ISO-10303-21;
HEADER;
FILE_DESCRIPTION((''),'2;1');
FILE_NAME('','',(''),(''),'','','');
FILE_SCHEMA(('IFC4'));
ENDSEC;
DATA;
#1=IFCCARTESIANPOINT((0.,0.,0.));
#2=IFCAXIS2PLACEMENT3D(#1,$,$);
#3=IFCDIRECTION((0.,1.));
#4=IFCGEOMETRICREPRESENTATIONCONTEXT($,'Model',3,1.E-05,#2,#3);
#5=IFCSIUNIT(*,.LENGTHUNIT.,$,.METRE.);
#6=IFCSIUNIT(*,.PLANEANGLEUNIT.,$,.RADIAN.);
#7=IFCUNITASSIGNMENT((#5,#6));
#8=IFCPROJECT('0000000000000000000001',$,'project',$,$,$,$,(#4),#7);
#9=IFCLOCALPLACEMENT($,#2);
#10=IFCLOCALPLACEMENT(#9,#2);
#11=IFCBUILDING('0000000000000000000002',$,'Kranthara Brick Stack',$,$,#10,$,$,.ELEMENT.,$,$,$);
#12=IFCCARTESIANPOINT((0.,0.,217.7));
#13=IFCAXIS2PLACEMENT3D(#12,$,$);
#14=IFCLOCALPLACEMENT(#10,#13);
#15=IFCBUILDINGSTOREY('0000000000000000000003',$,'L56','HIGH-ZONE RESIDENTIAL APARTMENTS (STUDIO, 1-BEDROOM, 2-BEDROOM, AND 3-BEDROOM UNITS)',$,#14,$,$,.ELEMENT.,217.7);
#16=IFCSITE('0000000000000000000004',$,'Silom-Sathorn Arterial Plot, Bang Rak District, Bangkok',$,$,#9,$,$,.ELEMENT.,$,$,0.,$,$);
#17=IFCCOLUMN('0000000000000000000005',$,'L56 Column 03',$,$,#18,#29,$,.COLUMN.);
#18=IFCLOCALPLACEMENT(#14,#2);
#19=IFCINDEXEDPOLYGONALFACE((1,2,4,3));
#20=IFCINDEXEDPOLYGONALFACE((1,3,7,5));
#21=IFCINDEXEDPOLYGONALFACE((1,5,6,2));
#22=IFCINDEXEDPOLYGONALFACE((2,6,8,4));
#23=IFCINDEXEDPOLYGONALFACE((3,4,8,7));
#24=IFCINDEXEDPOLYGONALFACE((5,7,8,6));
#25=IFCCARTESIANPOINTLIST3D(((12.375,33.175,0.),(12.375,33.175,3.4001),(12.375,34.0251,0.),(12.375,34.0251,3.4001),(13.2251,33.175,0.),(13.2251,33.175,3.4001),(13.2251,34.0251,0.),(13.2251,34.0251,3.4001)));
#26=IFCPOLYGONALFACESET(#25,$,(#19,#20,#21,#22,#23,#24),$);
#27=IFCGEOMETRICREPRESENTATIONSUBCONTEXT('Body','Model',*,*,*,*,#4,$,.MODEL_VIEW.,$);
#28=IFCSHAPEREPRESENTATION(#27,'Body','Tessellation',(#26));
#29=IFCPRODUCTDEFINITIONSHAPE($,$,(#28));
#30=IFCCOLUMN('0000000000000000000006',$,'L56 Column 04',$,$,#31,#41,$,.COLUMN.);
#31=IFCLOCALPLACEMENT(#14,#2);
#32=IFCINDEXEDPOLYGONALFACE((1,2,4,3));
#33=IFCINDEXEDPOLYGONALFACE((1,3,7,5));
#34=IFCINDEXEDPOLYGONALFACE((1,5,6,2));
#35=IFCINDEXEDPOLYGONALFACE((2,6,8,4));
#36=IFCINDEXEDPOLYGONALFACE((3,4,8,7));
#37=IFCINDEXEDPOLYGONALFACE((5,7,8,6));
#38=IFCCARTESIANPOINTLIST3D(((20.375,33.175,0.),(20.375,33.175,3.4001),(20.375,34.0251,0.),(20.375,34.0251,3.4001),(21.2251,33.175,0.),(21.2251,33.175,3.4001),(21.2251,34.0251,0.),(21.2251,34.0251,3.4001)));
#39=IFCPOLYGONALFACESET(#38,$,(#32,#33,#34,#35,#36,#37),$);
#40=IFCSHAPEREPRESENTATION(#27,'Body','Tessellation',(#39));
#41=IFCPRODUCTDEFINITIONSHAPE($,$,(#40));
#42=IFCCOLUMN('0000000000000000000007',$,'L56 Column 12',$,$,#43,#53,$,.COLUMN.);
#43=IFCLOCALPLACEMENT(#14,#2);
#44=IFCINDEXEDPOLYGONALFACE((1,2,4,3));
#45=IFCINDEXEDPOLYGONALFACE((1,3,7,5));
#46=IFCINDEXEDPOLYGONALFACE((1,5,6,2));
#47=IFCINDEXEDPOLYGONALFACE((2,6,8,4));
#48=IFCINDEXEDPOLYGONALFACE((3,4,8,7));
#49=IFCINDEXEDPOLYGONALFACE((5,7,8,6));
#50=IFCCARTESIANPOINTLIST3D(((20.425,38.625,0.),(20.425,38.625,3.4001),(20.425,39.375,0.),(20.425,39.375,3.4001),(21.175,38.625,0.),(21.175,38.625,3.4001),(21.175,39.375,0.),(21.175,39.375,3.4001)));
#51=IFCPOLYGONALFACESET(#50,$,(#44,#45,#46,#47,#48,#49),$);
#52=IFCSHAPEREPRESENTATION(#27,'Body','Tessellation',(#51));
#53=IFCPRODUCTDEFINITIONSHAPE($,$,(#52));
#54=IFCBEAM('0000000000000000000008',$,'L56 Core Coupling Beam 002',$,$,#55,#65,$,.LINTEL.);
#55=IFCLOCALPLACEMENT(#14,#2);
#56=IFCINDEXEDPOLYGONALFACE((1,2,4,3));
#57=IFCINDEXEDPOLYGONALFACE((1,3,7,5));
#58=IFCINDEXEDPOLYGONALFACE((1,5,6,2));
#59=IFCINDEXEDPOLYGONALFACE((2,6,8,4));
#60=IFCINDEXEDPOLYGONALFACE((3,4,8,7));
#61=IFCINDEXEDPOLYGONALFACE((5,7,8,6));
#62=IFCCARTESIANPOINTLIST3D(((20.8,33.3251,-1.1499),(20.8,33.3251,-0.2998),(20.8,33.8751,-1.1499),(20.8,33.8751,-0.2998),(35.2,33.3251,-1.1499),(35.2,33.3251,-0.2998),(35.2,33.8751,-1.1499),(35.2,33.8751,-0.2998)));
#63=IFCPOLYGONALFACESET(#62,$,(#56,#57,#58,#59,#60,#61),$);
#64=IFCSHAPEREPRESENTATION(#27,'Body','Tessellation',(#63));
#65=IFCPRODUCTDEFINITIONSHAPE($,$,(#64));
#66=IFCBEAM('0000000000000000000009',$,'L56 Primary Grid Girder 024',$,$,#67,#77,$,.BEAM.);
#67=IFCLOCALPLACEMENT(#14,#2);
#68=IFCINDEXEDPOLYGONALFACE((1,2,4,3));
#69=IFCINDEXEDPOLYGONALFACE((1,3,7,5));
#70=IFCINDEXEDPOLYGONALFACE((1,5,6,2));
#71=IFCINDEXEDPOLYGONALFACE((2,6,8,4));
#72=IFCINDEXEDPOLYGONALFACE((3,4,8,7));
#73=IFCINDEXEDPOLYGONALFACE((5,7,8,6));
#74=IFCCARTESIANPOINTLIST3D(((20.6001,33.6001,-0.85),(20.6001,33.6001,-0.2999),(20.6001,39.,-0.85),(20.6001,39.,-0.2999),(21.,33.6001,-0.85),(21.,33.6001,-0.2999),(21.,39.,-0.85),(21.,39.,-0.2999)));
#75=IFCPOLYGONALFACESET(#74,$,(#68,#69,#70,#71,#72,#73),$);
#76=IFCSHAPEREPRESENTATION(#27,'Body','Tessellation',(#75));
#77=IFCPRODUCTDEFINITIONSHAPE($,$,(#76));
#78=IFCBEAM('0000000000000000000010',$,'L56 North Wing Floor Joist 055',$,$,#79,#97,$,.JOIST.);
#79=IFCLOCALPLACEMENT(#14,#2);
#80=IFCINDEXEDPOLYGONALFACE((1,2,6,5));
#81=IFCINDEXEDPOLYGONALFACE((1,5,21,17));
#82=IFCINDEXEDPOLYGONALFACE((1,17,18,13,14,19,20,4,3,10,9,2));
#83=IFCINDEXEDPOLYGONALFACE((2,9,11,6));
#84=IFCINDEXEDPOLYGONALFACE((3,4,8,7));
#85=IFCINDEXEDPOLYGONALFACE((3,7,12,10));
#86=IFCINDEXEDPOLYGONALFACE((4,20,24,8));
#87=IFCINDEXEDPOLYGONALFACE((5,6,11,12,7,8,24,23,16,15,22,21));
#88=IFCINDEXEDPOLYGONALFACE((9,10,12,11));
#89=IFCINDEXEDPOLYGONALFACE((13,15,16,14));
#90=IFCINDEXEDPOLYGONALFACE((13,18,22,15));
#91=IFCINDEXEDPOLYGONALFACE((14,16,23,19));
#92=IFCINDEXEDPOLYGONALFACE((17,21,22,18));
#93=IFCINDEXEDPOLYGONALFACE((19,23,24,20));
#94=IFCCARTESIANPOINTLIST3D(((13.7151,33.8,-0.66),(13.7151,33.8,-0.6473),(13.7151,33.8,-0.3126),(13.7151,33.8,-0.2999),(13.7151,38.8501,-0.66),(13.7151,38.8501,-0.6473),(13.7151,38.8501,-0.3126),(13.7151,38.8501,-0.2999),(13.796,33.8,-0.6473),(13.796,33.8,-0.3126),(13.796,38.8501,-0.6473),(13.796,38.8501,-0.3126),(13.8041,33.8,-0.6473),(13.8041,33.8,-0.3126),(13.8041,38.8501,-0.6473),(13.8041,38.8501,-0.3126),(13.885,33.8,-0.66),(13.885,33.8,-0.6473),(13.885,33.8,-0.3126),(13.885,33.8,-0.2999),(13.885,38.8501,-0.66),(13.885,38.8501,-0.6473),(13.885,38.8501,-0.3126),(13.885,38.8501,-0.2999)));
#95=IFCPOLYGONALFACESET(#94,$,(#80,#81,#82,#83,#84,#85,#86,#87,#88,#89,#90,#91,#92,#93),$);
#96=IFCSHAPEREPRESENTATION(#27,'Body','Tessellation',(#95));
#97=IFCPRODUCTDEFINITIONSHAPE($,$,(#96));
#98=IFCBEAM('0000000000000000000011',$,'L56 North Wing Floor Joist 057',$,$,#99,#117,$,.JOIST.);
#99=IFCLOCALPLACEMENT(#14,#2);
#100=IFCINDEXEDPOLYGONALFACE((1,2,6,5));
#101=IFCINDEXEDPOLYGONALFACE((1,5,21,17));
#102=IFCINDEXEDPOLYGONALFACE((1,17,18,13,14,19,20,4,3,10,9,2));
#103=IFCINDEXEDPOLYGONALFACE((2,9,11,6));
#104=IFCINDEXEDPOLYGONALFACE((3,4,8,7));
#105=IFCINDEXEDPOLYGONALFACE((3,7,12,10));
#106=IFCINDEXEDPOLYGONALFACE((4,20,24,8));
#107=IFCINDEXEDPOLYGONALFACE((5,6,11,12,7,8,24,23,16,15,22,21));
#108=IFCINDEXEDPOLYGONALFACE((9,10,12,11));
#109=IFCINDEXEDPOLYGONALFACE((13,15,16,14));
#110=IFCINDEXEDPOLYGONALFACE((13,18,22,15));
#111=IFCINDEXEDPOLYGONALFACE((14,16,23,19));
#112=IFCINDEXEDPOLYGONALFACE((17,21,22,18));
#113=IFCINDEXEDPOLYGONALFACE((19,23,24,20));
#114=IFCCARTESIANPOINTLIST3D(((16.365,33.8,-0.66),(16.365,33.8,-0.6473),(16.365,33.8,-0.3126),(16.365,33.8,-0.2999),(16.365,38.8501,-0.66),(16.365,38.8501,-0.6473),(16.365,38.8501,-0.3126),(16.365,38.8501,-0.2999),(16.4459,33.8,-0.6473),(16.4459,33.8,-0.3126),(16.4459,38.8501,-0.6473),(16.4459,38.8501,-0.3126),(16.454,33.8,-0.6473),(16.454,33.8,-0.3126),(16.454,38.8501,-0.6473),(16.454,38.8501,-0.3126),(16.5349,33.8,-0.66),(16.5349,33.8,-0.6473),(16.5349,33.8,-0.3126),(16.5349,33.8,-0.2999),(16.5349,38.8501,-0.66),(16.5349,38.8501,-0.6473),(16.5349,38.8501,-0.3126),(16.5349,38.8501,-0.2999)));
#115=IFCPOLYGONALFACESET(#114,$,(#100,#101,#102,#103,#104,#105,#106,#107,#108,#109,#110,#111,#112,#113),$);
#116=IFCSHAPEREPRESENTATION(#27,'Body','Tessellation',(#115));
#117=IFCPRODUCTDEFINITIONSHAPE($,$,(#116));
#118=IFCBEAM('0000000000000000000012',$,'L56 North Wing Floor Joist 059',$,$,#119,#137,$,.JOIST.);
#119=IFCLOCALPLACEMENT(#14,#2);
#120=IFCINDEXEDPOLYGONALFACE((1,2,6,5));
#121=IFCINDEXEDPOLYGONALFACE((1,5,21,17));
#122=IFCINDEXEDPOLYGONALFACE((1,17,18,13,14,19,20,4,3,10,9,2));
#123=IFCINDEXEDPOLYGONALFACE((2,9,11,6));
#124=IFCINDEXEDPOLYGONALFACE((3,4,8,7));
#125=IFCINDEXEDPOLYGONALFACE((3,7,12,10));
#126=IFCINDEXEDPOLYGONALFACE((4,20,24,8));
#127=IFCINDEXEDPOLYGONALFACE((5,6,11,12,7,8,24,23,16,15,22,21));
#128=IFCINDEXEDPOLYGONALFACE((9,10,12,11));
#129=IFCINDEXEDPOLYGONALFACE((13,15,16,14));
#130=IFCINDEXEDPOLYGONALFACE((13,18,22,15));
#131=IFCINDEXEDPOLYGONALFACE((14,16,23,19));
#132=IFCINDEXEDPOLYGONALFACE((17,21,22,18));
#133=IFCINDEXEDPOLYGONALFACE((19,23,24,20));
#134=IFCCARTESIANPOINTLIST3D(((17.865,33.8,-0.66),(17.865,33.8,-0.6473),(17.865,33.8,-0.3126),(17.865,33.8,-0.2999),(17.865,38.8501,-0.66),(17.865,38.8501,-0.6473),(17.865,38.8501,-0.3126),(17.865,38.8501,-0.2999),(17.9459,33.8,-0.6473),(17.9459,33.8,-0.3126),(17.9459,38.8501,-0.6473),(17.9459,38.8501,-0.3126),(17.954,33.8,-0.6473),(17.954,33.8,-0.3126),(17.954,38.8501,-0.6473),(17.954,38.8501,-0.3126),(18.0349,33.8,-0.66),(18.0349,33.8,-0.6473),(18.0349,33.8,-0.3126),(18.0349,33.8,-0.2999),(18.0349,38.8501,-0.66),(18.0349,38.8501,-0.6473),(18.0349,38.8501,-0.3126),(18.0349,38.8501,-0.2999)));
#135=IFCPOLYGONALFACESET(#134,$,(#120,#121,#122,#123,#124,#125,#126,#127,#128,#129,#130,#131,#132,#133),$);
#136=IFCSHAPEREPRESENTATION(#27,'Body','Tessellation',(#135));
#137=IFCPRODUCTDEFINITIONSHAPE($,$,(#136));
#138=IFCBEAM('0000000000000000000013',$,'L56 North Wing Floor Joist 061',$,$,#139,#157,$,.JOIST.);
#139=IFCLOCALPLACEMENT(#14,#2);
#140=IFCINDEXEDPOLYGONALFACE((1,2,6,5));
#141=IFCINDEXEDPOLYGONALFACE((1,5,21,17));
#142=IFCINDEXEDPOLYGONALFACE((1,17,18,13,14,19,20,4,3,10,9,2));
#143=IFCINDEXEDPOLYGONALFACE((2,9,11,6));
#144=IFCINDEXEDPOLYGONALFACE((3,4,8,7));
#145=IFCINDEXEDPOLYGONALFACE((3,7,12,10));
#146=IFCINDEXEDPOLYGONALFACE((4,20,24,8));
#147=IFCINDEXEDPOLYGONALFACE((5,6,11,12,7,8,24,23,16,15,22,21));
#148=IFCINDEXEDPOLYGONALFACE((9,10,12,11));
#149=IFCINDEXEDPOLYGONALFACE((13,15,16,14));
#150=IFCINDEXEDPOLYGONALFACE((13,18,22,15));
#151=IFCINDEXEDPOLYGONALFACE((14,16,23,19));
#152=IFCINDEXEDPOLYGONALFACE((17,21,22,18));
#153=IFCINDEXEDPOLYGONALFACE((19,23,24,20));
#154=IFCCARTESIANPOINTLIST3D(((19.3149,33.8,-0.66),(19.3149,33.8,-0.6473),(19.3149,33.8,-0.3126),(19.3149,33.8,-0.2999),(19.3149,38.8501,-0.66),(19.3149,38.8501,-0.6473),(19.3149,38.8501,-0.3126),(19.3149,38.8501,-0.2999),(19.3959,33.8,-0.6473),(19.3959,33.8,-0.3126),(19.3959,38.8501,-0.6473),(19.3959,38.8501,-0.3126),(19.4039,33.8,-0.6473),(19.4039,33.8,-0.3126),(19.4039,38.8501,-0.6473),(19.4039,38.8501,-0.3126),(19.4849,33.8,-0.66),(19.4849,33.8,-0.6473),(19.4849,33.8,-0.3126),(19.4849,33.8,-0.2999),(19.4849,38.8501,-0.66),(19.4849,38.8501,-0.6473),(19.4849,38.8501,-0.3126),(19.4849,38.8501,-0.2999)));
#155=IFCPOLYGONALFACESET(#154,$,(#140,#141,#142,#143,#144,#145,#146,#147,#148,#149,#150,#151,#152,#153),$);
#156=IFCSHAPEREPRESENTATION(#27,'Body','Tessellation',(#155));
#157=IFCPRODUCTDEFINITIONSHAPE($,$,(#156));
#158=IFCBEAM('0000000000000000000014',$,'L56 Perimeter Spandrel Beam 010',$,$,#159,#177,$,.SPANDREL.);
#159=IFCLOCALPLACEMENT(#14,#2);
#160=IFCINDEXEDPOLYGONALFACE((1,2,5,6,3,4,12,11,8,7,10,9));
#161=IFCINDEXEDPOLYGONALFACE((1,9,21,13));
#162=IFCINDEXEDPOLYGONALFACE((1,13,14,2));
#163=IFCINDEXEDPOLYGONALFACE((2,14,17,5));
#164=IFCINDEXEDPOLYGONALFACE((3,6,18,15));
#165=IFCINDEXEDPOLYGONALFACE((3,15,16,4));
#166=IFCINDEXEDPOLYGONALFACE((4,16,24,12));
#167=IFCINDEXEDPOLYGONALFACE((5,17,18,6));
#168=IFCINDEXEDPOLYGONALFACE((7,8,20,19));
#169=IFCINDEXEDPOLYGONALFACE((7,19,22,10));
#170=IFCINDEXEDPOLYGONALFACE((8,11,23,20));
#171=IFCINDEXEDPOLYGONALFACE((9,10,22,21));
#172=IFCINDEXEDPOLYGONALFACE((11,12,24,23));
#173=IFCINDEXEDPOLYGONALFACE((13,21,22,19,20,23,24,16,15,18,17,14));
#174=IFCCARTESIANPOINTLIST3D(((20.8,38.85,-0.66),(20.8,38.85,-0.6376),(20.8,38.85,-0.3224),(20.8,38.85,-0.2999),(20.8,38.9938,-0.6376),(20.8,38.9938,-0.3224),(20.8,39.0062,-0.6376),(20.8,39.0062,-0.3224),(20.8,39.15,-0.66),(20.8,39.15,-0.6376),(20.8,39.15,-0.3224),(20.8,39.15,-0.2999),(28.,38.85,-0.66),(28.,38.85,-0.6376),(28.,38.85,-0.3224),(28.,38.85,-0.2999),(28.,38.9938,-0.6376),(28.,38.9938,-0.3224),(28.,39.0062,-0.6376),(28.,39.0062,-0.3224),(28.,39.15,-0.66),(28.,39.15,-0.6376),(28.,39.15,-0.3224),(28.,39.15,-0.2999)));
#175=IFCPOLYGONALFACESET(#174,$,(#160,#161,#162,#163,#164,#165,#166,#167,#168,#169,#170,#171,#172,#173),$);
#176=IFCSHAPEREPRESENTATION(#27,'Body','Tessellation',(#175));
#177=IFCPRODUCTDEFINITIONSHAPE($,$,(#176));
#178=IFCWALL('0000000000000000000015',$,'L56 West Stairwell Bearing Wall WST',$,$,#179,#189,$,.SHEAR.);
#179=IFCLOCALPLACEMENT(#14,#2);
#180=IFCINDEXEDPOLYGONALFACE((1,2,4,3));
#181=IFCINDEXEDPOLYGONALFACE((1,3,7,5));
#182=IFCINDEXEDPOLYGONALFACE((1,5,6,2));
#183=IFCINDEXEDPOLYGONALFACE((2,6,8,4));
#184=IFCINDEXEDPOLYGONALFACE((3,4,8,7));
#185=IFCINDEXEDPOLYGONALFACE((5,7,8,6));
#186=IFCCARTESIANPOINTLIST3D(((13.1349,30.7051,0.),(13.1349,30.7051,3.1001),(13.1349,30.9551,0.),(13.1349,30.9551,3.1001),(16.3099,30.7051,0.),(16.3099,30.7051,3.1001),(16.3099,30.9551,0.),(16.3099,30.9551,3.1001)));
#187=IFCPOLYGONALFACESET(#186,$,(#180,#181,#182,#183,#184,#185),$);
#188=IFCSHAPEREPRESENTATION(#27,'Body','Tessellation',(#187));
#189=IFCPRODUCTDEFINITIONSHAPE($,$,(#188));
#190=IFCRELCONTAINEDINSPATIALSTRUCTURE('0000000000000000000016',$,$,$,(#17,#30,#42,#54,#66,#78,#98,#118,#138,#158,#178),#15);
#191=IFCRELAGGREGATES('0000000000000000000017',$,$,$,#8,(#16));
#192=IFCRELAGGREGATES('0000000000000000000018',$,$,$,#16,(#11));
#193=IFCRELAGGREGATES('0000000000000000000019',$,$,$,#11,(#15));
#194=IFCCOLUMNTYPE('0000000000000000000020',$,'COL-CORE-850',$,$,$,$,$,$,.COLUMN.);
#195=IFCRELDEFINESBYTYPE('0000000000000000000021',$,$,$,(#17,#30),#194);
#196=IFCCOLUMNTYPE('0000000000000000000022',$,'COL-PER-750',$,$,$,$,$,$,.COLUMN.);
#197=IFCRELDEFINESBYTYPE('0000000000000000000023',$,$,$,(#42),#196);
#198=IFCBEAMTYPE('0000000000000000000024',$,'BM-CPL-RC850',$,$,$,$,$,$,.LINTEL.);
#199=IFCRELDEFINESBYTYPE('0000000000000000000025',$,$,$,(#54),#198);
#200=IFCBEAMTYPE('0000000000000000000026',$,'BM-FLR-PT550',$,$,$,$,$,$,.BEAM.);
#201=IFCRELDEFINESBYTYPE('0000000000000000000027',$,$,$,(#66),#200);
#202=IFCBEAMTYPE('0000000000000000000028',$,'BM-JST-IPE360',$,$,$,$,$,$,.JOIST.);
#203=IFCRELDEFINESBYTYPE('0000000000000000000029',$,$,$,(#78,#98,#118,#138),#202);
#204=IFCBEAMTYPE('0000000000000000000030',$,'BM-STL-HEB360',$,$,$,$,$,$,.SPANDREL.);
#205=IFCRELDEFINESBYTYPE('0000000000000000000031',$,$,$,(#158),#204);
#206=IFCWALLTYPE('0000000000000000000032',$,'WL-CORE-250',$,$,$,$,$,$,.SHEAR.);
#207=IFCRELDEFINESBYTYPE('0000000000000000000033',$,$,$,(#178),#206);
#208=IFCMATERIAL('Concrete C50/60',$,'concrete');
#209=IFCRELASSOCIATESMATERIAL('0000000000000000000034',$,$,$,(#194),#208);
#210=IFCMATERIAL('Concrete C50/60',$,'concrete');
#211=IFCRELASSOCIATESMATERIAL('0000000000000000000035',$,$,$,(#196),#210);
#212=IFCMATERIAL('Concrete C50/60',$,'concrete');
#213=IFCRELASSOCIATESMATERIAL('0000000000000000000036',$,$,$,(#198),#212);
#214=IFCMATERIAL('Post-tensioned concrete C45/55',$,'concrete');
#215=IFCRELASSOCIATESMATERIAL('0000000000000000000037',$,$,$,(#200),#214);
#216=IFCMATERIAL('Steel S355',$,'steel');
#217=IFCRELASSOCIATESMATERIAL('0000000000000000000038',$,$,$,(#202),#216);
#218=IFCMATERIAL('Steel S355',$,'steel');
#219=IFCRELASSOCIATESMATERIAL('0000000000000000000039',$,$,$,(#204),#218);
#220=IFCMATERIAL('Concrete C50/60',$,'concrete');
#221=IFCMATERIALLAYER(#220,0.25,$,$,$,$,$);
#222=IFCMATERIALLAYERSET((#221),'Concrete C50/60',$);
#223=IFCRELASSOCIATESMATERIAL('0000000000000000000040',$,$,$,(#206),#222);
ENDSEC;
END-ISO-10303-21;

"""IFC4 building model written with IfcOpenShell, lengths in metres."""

from ifc_helpers import new_model, si_unit, direction, frame, frame_2d, origin, origin_2d, place, context, subcontext, project, spatial, rectangle, i_section, extrude, material, layer, layer_set, material_profile, profile_set, type_object, element, save


model = new_model("IFC4")

# Units and contexts
model_context = context("Model", 3, precision=1e-05, world=origin(), true_north=direction((0.0, 1.0)))
body_context = subcontext(model_context, "Body", "Model", "MODEL_VIEW")
ifc_project = project(units=[si_unit("LENGTHUNIT", "METRE"), si_unit("PLANEANGLEUNIT", "RADIAN")], contexts=[model_context])

# Site, building, storey
site_placement = place(None, origin())
site = spatial("IfcSite", under=ifc_project, at=site_placement, Name="Silom-Sathorn Arterial Plot, Bang Rak District, Bangkok", CompositionType="ELEMENT", RefElevation=0.0)
building_placement = place(site_placement, origin())
building = spatial("IfcBuilding", under=site, at=building_placement, Name="Kranthara Brick Stack", CompositionType="ELEMENT")
storey_placement = place(building_placement, frame((0.0, 0.0, 217.7)))
storey = spatial("IfcBuildingStorey", under=building, at=storey_placement, Name="L56", Description="HIGH-ZONE RESIDENTIAL APARTMENTS (STUDIO, 1-BEDROOM, 2-BEDROOM, AND 3-BEDROOM UNITS)", CompositionType="ELEMENT", Elevation=217.7)

# Columns
ifc_material_1 = material(Name="Concrete C50/60", Category="concrete")
ifc_material_profile_1 = material_profile(ifc_material_1, rectangle(XDim=0.8501, YDim=0.8501, at=origin_2d()), Name="RC 850x850")
ifc_profile_set_1 = profile_set([ifc_material_profile_1], Name="Concrete C50/60")
column_type_1 = type_object("IfcColumnType", Name="COL-CORE-850", PredefinedType="COLUMN", material=ifc_profile_set_1)
for number, where, z_axis, x_axis, name in (
    (1, (12.8, 33.6001, 0.0), (0.0, 0.0, 1.0), (1.0, 0.0, 0.0), "L56 Column 03"),
    (2, (20.8, 33.6001, 0.0), (0.0, 0.0, 1.0), (1.0, 0.0, 0.0), "L56 Column 04"),
):
    element("IfcColumn", number, at=place(storey_placement, frame(where, z_axis=z_axis, x_axis=x_axis)), inside=storey, type_object=column_type_1, Name=name, PredefinedType="COLUMN", context=body_context, shape_type="SweptSolid", body=[
        extrude(rectangle(XDim=0.8501, YDim=0.8501, at=origin_2d()), origin(), (0.0, 0.0, 1.0), 3.4001),
    ])
ifc_material_2 = material(Name="Concrete C50/60", Category="concrete")
ifc_material_profile_2 = material_profile(ifc_material_2, rectangle(XDim=0.75, YDim=0.75, at=origin_2d()), Name="RC 750x750")
ifc_profile_set_2 = profile_set([ifc_material_profile_2], Name="Concrete C50/60")
column_type_2 = type_object("IfcColumnType", Name="COL-PER-750", PredefinedType="COLUMN", material=ifc_profile_set_2)
column_placement = place(storey_placement, frame((20.8, 39.0, 0.0), z_axis=(0.0, 0.0, 1.0), x_axis=(1.0, 0.0, 0.0)))
element("IfcColumn", 3, at=column_placement, inside=storey, type_object=column_type_2, Name="L56 Column 12", PredefinedType="COLUMN", context=body_context, shape_type="SweptSolid", body=[
    extrude(rectangle(XDim=0.75, YDim=0.75, at=origin_2d()), origin(), (0.0, 0.0, 1.0), 3.4001),
])

# Beams
ifc_material_3 = material(Name="Concrete C50/60", Category="concrete")
ifc_material_profile_3 = material_profile(ifc_material_3, rectangle(XDim=0.55, YDim=0.8501, at=origin_2d()), Name="RC 550x850")
ifc_profile_set_3 = profile_set([ifc_material_profile_3], Name="Concrete C50/60")
beam_type_1 = type_object("IfcBeamType", Name="BM-CPL-RC850", PredefinedType="LINTEL", material=ifc_profile_set_3)
beam_1_placement = place(storey_placement, frame((20.8, 33.6001, -0.7249), z_axis=(1.0, 0.0, 0.0), x_axis=(0.0, 1.0, 0.0)))
element("IfcBeam", 4, at=beam_1_placement, inside=storey, type_object=beam_type_1, Name="L56 Core Coupling Beam 002", PredefinedType="LINTEL", context=body_context, shape_type="SweptSolid", body=[
    extrude(rectangle(XDim=0.55, YDim=0.8501, at=origin_2d()), origin(), (0.0, 0.0, 1.0), 14.3999),
])
ifc_material_4 = material(Name="Post-tensioned concrete C45/55", Category="concrete")
ifc_material_profile_4 = material_profile(ifc_material_4, rectangle(XDim=0.3999, YDim=0.55, at=origin_2d()), Name="PT 400x550")
ifc_profile_set_4 = profile_set([ifc_material_profile_4], Name="Post-tensioned concrete C45/55")
beam_type_2 = type_object("IfcBeamType", Name="BM-FLR-PT550", PredefinedType="BEAM", material=ifc_profile_set_4)
beam_2_placement = place(storey_placement, frame((20.8, 33.6001, -0.575), z_axis=(0.0, 1.0, 0.0), x_axis=(-1.0, 0.0, 0.0)))
element("IfcBeam", 5, at=beam_2_placement, inside=storey, type_object=beam_type_2, Name="L56 Primary Grid Girder 024", PredefinedType="BEAM", context=body_context, shape_type="SweptSolid", body=[
    extrude(rectangle(XDim=0.3999, YDim=0.55, at=origin_2d()), origin(), (0.0, 0.0, 1.0), 5.3999),
])
ifc_material_5 = material(Name="Steel S355", Category="steel")
ifc_material_profile_5 = material_profile(ifc_material_5, i_section(OverallWidth=0.1699, OverallDepth=0.3601, WebThickness=0.0081, FlangeThickness=0.0127, at=origin_2d()), Name="IPE 360")
ifc_profile_set_5 = profile_set([ifc_material_profile_5], Name="Steel S355")
beam_type_3 = type_object("IfcBeamType", Name="BM-JST-IPE360", PredefinedType="JOIST", material=ifc_profile_set_5)
for number, where, z_axis, x_axis, name in (
    (6, (13.8, 33.8, -0.48), (0.0, 1.0, 0.0), (-1.0, 0.0, 0.0), "L56 North Wing Floor Joist 055"),
    (7, (16.45, 33.8, -0.48), (0.0, 1.0, 0.0), (-1.0, 0.0, 0.0), "L56 North Wing Floor Joist 057"),
    (8, (17.95, 33.8, -0.48), (0.0, 1.0, 0.0), (-1.0, 0.0, 0.0), "L56 North Wing Floor Joist 059"),
    (9, (19.3999, 33.8, -0.48), (0.0, 1.0, 0.0), (-1.0, 0.0, 0.0), "L56 North Wing Floor Joist 061"),
):
    element("IfcBeam", number, at=place(storey_placement, frame(where, z_axis=z_axis, x_axis=x_axis)), inside=storey, type_object=beam_type_3, Name=name, PredefinedType="JOIST", context=body_context, shape_type="SweptSolid", body=[
        extrude(i_section(OverallWidth=0.1699, OverallDepth=0.3601, WebThickness=0.0081, FlangeThickness=0.0127, at=origin_2d()), origin(), (0.0, 0.0, 1.0), 5.05),
    ])
ifc_material_6 = material(Name="Steel S355", Category="steel")
ifc_material_profile_6 = material_profile(ifc_material_6, i_section(OverallWidth=0.3, OverallDepth=0.3601, WebThickness=0.0125, FlangeThickness=0.0225, at=origin_2d()), Name="HEB 360")
ifc_profile_set_6 = profile_set([ifc_material_profile_6], Name="Steel S355")
beam_type_4 = type_object("IfcBeamType", Name="BM-STL-HEB360", PredefinedType="SPANDREL", material=ifc_profile_set_6)
beam_3_placement = place(storey_placement, frame((20.8, 39.0, -0.48), z_axis=(1.0, 0.0, 0.0), x_axis=(0.0, 1.0, 0.0)))
element("IfcBeam", 10, at=beam_3_placement, inside=storey, type_object=beam_type_4, Name="L56 Perimeter Spandrel Beam 010", PredefinedType="SPANDREL", context=body_context, shape_type="SweptSolid", body=[
    extrude(i_section(OverallWidth=0.3, OverallDepth=0.3601, WebThickness=0.0125, FlangeThickness=0.0225, at=origin_2d()), origin(), (0.0, 0.0, 1.0), 7.2),
])

# Wall
ifc_material_7 = material(Name="Concrete C50/60", Category="concrete")
ifc_layer_1 = layer(ifc_material_7, 0.25)
ifc_layer_set_1 = layer_set([ifc_layer_1], Name="Concrete C50/60")
wall_type_1 = type_object("IfcWallType", Name="WL-CORE-250", PredefinedType="SHEAR", material=ifc_layer_set_1)
wall_1_placement = place(storey_placement, frame((13.135, 30.8301, 0.0), z_axis=(0.0, 0.0, 1.0), x_axis=(1.0, 0.0, 0.0)))
element("IfcWall", 11, at=wall_1_placement, inside=storey, type_object=wall_type_1, Name="L56 West Stairwell Bearing Wall WST", PredefinedType="SHEAR", context=body_context, shape_type="SweptSolid", body=[
    extrude(rectangle(XDim=3.175, YDim=0.25, at=frame_2d((1.5874, 0.0))), origin(), (0.0, 0.0, 1.0), 3.1001),
])

save(model, "model.ifc")
